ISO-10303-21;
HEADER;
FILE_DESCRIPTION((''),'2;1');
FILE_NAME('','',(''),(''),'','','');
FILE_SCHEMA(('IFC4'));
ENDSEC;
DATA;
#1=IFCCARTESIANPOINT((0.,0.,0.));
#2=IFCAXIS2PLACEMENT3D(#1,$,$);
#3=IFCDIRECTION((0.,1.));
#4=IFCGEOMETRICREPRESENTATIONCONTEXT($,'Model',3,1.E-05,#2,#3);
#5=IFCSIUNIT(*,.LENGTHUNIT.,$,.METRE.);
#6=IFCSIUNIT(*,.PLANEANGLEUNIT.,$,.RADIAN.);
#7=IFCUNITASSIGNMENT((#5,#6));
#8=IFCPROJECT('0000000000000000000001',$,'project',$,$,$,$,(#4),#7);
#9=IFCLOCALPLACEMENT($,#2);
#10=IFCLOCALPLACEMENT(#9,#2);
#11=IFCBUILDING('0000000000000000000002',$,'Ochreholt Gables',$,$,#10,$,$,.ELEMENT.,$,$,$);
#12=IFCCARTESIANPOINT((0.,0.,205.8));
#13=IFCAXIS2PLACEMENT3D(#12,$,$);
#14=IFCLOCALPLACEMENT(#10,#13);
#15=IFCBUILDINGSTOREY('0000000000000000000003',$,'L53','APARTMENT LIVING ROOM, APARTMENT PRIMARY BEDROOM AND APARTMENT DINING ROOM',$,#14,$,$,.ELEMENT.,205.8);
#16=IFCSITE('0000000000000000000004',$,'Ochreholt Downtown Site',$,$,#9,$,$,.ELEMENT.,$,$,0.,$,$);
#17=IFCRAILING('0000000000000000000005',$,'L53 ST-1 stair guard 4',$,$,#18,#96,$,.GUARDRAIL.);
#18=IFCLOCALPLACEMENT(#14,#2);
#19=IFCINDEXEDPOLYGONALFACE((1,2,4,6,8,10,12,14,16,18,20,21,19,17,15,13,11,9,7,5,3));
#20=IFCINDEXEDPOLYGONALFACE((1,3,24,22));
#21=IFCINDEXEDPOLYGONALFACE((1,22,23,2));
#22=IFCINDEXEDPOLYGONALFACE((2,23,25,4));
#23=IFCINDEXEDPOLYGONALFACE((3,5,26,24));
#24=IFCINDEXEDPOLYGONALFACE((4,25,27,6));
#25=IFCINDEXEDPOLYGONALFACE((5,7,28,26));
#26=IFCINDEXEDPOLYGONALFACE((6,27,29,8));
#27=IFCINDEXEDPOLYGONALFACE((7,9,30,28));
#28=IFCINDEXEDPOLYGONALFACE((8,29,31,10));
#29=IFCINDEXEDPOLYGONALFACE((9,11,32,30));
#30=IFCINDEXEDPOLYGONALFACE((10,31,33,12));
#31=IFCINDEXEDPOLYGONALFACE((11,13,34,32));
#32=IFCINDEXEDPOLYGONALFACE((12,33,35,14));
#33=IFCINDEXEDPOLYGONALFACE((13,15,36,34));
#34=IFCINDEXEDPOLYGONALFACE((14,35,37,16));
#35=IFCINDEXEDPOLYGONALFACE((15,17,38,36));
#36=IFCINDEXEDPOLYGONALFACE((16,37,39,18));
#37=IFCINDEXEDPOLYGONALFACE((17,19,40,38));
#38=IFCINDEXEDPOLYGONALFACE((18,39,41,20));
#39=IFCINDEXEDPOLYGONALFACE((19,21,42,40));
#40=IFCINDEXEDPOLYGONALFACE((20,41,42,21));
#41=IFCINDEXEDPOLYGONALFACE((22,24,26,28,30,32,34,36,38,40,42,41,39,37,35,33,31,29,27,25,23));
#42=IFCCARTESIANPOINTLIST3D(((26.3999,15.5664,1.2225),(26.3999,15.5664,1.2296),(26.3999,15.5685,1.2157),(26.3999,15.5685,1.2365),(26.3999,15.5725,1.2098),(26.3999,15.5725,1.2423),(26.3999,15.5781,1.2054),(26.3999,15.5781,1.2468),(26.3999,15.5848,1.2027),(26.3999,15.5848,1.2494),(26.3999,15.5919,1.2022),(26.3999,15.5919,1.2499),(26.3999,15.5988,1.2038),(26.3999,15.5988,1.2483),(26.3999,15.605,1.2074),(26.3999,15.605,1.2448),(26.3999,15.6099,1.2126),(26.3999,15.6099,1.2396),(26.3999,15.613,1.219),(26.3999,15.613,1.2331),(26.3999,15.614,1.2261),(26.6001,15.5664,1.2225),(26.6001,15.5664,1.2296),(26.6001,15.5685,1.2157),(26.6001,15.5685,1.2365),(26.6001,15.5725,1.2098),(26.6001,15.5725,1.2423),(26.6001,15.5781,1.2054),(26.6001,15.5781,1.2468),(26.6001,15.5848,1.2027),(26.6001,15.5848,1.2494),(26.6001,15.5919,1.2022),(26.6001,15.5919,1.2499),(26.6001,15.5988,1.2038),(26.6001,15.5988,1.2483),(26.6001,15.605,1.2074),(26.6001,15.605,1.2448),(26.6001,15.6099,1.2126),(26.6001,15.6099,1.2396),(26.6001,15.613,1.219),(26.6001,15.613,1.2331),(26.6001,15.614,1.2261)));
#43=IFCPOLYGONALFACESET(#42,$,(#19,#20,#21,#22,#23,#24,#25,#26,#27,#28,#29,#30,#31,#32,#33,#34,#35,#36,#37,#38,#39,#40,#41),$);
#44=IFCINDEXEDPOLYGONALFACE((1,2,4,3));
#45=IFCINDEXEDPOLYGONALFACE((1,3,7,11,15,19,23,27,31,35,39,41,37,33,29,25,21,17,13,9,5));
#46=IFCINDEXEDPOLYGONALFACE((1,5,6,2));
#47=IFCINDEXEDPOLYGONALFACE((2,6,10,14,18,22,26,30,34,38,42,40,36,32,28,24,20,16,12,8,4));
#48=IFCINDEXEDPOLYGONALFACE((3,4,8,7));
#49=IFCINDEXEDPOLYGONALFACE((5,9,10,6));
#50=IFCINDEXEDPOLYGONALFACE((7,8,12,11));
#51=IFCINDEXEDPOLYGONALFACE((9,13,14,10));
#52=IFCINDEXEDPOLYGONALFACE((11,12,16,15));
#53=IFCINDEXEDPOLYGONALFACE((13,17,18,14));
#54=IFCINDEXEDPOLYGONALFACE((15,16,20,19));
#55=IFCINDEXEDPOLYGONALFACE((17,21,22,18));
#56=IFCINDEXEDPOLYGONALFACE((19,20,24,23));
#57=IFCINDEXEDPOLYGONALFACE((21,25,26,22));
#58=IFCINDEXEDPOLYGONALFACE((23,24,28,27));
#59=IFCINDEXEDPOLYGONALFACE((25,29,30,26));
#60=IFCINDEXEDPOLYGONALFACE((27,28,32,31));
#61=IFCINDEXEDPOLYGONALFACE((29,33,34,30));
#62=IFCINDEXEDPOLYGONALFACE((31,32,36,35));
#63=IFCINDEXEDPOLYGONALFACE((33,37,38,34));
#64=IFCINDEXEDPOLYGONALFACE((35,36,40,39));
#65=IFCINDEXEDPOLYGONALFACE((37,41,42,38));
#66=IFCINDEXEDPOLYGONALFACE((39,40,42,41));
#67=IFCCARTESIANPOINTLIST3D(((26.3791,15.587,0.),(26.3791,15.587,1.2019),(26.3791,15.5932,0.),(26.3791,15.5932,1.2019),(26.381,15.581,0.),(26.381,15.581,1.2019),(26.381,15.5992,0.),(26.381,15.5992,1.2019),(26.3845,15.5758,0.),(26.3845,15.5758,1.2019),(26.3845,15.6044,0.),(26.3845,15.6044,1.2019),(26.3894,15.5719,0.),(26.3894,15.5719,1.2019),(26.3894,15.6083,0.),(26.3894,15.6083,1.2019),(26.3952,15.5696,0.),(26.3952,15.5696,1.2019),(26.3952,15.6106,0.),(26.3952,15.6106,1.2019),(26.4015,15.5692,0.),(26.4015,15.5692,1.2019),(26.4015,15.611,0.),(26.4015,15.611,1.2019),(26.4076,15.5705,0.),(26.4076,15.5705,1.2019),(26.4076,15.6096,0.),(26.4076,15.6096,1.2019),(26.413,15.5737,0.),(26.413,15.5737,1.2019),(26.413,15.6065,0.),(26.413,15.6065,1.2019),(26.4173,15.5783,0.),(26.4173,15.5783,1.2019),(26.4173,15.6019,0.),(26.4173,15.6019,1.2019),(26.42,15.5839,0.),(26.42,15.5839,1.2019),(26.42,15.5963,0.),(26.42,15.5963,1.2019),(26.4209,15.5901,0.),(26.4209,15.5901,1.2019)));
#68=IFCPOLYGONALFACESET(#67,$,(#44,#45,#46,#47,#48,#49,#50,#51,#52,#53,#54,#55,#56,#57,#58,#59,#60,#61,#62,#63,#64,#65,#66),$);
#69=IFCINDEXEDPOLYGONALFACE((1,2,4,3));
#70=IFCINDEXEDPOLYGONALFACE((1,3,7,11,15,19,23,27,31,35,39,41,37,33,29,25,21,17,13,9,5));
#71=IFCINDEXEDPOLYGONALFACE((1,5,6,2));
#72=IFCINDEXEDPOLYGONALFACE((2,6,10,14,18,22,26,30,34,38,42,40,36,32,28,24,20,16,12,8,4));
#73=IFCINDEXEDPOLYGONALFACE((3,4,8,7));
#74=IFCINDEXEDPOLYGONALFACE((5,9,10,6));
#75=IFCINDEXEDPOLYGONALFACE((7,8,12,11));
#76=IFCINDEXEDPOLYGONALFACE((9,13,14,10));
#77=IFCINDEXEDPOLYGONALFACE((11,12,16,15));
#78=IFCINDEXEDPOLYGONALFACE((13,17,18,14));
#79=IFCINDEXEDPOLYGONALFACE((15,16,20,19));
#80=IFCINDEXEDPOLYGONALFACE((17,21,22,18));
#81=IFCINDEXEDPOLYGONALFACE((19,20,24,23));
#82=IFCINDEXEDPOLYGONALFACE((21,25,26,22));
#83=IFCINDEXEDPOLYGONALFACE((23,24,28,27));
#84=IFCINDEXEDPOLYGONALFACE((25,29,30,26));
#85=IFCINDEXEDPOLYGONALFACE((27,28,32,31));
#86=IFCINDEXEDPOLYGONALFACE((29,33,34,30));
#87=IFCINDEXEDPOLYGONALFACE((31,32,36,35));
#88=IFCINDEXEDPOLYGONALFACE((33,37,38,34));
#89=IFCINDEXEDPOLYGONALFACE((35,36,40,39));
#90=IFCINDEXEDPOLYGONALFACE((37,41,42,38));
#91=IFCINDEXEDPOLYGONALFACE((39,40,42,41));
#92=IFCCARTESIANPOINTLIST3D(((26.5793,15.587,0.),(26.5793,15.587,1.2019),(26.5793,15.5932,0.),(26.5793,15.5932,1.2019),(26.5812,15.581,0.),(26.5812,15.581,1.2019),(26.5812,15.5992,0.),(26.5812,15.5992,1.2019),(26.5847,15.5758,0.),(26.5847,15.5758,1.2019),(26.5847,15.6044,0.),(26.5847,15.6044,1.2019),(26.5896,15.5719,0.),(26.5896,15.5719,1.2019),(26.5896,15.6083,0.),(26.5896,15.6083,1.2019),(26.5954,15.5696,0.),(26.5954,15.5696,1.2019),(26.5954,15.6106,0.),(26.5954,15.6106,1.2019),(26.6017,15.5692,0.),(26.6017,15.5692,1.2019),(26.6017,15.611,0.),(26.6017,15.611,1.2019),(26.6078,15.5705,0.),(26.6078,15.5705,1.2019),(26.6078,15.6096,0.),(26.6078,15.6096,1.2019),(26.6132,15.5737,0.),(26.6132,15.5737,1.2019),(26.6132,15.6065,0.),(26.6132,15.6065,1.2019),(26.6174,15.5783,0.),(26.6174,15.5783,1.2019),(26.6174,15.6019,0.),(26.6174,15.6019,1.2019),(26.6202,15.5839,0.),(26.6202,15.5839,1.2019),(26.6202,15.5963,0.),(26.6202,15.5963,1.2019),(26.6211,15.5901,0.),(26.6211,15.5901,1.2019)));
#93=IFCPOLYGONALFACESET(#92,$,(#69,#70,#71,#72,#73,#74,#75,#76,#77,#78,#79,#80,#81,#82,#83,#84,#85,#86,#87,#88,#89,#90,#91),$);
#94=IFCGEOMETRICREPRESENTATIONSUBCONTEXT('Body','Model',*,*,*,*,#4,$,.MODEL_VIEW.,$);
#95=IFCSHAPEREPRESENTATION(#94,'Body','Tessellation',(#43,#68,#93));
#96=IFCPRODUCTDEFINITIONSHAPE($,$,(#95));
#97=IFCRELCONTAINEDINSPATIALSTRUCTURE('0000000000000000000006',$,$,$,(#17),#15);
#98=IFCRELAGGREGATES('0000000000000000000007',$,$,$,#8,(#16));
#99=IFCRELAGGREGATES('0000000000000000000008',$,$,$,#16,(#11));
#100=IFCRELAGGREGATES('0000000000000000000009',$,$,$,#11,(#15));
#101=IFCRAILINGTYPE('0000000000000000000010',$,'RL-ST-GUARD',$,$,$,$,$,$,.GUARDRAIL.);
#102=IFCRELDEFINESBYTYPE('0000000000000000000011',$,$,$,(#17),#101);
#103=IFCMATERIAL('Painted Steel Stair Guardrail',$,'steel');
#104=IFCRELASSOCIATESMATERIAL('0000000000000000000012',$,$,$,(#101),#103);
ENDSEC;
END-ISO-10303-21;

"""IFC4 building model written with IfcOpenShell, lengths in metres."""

from ifc_helpers import new_model, si_unit, direction, frame, origin, origin_2d, place, context, subcontext, project, spatial, circle, extrude, material, type_object, element, save


model = new_model("IFC4")

# Units and contexts
model_context = context("Model", 3, precision=1e-05, world=origin(), true_north=direction((0.0, 1.0)))
body_context = subcontext(model_context, "Body", "Model", "MODEL_VIEW")
ifc_project = project(units=[si_unit("LENGTHUNIT", "METRE"), si_unit("PLANEANGLEUNIT", "RADIAN")], contexts=[model_context])

# Site, building, storey
site_placement = place(None, origin())
site = spatial("IfcSite", under=ifc_project, at=site_placement, Name="Ochreholt Downtown Site", CompositionType="ELEMENT", RefElevation=0.0)
building_placement = place(site_placement, origin())
building = spatial("IfcBuilding", under=site, at=building_placement, Name="Ochreholt Gables", CompositionType="ELEMENT")
storey_placement = place(building_placement, frame((0.0, 0.0, 205.8)))
storey = spatial("IfcBuildingStorey", under=building, at=storey_placement, Name="L53", Description="APARTMENT LIVING ROOM, APARTMENT PRIMARY BEDROOM AND APARTMENT DINING ROOM", CompositionType="ELEMENT", Elevation=205.8)

# Railing
ifc_material_1 = material(Name="Painted Steel Stair Guardrail", Category="steel")
railing_type_1 = type_object("IfcRailingType", Name="RL-ST-GUARD", PredefinedType="GUARDRAIL", material=ifc_material_1)
railing_1_placement = place(storey_placement, frame((26.3999, 15.5901, 0.0)))
element("IfcRailing", 1, at=railing_1_placement, inside=storey, type_object=railing_type_1, Name="L53 ST-1 stair guard 4", PredefinedType="GUARDRAIL", context=body_context, shape_type="SweptSolid", body=[
    extrude(circle(Radius=0.0239, at=origin_2d()), frame((0.0, 0.0, 1.2261), z_axis=(1.0, 0.0, 0.0), x_axis=(0.0, 1.0, 0.0)), (0.0, 0.0, 1.0), 0.2002),
    extrude(circle(Radius=0.021, at=origin_2d()), origin(), (0.0, 0.0, 1.0), 1.2019),
    extrude(circle(Radius=0.021, at=origin_2d()), frame((0.2002, 0.0, 0.0)), (0.0, 0.0, 1.0), 1.2019),
])

save(model, "model.ifc")
